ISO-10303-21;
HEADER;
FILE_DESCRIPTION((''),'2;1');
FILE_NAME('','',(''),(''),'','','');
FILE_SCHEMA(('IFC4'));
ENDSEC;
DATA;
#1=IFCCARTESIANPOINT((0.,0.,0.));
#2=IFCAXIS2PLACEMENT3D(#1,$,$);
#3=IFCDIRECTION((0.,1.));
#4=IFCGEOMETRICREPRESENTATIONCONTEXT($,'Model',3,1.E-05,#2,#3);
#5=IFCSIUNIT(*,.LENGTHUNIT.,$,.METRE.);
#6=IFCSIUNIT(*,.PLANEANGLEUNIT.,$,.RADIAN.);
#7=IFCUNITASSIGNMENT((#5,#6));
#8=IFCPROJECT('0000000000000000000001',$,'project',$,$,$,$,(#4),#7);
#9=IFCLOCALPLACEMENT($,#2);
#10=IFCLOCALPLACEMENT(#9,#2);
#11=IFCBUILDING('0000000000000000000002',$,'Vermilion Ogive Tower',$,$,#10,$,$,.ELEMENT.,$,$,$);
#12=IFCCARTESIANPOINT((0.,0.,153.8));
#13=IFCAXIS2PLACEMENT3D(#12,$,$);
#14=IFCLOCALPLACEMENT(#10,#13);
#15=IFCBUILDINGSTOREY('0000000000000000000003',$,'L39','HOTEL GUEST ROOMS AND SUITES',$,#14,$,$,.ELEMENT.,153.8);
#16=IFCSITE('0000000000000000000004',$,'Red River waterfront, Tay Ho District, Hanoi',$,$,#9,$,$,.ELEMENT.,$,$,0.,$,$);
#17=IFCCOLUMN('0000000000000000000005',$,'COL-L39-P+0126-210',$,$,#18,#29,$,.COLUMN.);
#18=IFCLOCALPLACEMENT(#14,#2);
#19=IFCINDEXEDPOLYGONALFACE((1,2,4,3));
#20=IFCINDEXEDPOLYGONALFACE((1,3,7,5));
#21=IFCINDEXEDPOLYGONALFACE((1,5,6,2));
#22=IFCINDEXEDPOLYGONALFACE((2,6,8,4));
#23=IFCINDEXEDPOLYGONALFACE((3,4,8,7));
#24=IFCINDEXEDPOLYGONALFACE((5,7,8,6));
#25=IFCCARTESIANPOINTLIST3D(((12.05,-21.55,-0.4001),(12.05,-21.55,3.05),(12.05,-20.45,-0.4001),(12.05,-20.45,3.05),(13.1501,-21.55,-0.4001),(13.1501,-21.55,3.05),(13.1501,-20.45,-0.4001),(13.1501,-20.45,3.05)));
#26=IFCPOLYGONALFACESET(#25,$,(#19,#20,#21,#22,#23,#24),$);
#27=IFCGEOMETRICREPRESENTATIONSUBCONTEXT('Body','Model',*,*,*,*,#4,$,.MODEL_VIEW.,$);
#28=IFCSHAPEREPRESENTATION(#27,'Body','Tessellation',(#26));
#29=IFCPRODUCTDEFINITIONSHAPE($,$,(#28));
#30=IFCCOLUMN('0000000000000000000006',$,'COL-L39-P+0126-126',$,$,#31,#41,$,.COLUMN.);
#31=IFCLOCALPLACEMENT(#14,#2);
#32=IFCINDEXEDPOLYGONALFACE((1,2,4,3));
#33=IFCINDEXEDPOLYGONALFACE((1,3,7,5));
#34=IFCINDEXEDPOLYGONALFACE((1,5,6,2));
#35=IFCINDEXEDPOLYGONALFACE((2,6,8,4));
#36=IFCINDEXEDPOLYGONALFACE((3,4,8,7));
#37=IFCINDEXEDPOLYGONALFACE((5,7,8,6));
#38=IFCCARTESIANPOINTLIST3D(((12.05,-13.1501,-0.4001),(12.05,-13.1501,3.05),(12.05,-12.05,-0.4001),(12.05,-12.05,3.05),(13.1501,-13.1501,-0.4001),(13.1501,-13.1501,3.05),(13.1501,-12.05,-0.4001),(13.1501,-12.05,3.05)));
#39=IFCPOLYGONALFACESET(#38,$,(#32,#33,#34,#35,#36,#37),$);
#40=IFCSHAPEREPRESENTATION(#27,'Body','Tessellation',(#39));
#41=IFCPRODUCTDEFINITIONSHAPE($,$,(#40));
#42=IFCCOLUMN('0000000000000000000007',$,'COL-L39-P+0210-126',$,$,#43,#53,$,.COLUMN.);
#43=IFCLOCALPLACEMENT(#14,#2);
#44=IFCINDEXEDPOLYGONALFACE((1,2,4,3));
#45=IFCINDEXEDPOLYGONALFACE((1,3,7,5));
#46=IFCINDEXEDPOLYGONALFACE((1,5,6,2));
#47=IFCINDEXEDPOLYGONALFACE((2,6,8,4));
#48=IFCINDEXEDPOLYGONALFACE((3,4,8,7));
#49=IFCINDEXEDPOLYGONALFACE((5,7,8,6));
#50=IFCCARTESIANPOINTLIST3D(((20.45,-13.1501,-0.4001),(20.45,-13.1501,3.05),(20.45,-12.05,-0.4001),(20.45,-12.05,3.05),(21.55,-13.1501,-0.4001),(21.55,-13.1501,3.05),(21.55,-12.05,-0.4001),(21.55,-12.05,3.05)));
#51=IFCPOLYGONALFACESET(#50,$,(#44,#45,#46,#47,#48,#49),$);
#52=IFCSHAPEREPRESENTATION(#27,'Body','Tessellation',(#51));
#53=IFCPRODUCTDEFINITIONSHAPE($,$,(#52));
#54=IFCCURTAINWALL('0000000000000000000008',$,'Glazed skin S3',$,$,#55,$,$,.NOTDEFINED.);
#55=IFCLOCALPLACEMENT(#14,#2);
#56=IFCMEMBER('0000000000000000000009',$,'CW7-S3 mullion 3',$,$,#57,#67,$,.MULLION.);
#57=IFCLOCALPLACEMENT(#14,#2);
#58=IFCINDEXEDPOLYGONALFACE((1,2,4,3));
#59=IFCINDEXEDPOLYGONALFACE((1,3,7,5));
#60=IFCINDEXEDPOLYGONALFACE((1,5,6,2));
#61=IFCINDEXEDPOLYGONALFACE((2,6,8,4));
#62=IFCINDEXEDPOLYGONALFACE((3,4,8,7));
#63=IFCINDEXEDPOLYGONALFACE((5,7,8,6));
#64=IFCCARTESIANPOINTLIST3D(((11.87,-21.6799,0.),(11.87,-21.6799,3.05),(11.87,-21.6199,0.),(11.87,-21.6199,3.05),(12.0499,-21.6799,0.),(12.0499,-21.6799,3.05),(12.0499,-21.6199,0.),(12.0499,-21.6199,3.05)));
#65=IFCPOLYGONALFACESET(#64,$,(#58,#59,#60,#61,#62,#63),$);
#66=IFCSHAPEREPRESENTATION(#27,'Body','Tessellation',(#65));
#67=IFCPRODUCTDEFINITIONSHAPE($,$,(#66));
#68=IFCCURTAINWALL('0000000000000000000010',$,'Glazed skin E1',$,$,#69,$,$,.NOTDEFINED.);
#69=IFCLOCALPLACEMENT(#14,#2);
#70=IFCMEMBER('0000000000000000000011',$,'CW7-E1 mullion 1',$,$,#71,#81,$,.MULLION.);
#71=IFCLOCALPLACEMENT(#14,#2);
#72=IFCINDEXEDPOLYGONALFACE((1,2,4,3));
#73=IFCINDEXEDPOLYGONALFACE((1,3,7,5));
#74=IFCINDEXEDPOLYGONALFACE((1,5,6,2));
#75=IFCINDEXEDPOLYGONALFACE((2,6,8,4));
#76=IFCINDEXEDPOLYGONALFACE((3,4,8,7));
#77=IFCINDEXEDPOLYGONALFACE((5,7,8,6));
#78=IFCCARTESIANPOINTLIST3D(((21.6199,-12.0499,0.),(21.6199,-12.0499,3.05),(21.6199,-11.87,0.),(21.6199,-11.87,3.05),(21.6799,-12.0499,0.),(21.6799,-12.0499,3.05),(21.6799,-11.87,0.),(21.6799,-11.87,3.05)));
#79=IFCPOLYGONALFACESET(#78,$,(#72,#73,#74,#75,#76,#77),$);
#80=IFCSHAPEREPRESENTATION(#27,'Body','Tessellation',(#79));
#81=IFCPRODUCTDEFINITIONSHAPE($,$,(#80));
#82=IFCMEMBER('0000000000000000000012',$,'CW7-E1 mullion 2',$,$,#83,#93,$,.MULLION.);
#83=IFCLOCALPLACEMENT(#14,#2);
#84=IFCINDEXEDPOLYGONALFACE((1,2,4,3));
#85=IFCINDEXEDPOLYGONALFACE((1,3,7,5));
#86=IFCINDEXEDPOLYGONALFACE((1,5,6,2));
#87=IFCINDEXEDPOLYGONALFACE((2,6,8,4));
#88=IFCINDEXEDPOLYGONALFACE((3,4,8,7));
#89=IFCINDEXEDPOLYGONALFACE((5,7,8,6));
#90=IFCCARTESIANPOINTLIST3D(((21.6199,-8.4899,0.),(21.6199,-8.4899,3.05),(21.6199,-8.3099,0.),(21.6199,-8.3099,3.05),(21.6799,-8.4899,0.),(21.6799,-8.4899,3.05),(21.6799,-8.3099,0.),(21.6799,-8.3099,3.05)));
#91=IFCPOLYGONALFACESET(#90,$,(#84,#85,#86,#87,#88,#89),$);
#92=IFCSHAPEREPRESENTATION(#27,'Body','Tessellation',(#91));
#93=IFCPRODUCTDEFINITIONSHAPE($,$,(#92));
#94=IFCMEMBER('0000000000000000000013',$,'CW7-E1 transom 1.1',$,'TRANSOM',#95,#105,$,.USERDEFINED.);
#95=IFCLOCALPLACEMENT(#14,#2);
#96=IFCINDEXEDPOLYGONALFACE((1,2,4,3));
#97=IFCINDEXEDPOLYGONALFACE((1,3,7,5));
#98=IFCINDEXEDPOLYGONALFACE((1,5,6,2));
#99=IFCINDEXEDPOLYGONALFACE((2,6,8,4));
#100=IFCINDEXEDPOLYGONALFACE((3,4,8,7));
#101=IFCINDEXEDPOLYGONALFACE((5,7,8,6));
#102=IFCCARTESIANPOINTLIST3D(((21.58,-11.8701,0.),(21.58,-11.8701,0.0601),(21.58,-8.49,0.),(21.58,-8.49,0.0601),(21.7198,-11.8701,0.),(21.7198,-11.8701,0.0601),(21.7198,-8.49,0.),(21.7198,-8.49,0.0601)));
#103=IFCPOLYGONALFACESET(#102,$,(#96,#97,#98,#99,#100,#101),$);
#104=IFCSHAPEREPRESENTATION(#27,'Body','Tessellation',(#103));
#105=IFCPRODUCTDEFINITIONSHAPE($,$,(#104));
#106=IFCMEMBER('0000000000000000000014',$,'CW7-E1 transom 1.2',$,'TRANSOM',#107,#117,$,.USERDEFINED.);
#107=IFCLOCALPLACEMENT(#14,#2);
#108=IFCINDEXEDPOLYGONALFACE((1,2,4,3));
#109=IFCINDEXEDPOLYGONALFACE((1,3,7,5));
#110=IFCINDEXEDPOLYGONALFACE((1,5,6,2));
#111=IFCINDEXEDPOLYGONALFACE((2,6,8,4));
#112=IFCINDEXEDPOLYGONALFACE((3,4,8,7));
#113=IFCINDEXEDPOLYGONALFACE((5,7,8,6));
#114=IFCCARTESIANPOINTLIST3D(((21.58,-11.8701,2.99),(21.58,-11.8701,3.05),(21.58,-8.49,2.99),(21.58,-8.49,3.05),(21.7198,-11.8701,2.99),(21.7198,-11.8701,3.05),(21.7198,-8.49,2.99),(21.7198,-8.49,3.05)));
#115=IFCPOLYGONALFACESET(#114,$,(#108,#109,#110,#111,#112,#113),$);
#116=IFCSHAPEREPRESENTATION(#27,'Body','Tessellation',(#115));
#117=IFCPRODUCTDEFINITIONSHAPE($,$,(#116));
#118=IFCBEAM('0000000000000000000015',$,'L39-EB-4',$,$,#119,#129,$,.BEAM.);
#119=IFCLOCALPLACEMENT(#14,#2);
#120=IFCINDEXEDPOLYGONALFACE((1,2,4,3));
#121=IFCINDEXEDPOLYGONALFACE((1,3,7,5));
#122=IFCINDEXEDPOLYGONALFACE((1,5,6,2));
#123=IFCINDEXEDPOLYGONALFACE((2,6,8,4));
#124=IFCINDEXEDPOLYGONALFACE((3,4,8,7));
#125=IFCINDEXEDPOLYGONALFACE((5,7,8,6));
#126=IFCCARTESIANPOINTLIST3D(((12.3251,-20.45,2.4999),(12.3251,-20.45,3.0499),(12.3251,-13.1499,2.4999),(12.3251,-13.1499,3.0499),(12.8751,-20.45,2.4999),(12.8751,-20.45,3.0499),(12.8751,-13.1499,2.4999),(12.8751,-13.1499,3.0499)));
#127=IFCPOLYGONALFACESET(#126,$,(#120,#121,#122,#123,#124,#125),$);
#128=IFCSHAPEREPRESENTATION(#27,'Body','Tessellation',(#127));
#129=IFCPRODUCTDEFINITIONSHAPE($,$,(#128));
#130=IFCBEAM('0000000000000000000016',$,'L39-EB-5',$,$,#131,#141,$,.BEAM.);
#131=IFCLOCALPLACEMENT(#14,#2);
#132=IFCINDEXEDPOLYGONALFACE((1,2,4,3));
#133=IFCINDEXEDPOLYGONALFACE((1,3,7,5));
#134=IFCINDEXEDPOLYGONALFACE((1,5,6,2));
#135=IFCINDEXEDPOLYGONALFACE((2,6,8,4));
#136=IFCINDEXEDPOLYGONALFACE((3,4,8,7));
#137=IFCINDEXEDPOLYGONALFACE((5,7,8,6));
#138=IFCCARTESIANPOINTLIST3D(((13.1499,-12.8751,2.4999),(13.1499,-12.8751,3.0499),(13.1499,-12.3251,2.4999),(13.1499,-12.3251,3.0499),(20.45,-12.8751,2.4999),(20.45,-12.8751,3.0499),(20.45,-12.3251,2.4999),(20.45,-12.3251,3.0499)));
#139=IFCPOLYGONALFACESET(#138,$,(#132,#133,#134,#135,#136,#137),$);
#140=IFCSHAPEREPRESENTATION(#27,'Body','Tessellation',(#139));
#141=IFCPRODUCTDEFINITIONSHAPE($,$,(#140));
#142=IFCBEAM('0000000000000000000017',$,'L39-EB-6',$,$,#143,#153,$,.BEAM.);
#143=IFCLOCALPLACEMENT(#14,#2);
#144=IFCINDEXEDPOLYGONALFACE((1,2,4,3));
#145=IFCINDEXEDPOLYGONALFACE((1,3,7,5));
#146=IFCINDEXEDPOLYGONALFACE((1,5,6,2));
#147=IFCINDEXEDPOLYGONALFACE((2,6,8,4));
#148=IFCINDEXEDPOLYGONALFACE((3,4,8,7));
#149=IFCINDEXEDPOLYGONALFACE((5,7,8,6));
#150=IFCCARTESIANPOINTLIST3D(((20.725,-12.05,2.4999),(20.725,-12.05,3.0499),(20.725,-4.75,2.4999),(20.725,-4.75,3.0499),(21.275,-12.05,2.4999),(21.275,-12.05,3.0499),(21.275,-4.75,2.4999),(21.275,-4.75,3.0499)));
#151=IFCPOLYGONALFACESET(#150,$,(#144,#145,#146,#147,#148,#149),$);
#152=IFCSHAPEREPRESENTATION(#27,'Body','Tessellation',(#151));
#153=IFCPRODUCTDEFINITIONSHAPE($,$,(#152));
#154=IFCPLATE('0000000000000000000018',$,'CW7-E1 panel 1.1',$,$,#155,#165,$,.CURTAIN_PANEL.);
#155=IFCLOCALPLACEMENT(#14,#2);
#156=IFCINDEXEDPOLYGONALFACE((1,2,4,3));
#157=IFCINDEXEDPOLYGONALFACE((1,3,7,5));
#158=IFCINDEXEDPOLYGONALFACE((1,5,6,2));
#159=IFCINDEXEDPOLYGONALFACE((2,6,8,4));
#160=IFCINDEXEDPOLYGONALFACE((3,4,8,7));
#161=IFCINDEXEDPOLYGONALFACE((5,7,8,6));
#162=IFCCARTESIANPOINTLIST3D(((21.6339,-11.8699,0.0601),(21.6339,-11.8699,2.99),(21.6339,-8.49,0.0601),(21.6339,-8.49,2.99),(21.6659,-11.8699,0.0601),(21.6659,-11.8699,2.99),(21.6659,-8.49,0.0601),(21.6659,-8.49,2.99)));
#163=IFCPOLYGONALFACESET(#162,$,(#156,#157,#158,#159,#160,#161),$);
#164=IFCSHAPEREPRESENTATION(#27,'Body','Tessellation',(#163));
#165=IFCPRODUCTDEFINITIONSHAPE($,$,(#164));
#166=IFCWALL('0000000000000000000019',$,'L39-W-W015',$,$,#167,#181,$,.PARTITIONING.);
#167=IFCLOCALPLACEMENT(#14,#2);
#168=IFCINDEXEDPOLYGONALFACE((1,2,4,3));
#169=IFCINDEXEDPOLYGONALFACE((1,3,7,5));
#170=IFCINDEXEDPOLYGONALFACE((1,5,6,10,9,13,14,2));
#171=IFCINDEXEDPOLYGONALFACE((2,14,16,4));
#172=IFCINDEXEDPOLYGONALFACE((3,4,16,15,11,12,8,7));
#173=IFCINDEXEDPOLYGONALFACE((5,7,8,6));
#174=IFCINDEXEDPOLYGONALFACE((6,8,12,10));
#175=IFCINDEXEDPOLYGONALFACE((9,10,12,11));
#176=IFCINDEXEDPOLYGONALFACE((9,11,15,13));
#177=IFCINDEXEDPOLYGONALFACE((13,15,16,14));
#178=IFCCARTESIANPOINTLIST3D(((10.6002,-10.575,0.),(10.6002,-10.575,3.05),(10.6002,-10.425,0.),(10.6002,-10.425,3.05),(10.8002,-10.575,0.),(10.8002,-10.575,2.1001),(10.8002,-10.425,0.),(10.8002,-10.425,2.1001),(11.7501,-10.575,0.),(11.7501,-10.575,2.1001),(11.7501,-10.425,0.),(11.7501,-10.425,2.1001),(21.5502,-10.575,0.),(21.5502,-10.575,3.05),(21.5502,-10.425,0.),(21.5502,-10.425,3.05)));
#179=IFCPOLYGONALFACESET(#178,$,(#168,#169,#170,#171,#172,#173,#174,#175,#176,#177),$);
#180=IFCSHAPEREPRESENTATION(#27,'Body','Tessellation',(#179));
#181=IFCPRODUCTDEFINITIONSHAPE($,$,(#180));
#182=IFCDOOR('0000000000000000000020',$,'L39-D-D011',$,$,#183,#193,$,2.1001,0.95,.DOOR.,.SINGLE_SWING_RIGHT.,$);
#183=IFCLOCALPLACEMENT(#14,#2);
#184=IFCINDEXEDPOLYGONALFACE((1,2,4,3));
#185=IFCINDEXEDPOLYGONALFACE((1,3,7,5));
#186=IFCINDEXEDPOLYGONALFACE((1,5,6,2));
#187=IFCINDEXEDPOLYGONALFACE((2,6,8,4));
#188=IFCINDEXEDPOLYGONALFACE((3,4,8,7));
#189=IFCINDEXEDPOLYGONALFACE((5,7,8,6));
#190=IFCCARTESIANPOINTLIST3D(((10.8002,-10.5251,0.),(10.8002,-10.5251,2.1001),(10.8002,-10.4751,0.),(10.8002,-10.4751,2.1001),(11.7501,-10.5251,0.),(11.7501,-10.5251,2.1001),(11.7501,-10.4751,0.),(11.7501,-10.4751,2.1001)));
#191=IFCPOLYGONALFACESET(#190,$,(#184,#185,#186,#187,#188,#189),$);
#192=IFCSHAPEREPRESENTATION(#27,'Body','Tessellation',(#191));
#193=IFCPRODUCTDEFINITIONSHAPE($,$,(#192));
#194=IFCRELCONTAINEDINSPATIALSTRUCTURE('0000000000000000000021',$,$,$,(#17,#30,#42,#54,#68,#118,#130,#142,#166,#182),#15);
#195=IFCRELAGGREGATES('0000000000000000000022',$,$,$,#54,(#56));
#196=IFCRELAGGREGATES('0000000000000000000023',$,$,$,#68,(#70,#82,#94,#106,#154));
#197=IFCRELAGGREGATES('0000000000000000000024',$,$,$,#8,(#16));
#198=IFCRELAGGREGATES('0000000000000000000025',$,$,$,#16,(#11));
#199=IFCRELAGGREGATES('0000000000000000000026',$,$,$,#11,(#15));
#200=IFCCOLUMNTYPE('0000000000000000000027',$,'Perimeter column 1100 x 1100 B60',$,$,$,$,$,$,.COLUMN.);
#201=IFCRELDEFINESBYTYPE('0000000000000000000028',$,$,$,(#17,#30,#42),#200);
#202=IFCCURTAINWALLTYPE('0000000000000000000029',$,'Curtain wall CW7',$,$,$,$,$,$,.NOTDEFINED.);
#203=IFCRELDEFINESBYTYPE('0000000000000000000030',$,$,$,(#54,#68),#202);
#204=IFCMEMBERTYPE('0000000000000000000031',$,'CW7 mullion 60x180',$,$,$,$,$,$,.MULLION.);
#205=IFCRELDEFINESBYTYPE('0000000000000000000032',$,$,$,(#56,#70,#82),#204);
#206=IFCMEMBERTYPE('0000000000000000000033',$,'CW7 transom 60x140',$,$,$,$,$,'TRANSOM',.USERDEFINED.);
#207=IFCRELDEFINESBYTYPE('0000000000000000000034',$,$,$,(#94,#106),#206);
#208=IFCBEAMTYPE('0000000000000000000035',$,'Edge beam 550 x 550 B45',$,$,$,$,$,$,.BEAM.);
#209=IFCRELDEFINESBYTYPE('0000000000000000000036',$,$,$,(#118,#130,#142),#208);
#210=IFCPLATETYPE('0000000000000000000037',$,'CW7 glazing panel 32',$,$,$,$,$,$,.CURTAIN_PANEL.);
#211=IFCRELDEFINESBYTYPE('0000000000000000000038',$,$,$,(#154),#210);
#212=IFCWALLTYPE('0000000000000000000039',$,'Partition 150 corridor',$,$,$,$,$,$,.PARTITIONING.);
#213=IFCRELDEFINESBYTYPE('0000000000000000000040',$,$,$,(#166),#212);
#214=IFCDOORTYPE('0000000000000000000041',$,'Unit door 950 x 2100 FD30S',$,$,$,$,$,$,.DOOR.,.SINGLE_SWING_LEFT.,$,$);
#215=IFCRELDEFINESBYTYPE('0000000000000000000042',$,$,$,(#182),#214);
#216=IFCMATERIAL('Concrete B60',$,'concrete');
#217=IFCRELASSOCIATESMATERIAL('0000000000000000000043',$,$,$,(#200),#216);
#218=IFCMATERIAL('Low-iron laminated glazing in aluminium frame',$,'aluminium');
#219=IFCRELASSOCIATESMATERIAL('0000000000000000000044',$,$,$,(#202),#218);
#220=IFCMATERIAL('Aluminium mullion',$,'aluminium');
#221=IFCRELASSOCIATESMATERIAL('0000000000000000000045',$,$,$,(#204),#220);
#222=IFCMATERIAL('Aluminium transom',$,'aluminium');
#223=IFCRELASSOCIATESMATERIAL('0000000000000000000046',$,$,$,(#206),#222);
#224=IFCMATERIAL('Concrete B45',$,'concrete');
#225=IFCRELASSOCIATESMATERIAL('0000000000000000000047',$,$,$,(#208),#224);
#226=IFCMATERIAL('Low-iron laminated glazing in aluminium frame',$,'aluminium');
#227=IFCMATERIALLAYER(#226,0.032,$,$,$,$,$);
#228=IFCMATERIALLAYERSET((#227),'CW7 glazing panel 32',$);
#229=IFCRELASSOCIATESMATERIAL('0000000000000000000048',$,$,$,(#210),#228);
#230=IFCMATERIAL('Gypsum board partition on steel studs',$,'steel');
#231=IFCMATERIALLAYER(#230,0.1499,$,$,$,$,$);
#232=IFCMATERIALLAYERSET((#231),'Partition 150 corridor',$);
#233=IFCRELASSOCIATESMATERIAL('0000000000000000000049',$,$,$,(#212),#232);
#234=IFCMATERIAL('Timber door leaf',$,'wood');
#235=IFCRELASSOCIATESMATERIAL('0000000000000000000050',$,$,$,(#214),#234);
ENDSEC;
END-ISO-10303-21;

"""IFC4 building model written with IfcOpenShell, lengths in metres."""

from ifc_helpers import new_model, si_unit, direction, frame, frame_2d, origin, origin_2d, place, context, subcontext, project, spatial, rectangle, extrude, material, layer, layer_set, material_profile, profile_set, type_object, element, fill, aggregate, save


model = new_model("IFC4")

# Units and contexts
model_context = context("Model", 3, precision=1e-05, world=origin(), true_north=direction((0.0, 1.0)))
body_context = subcontext(model_context, "Body", "Model", "MODEL_VIEW")
ifc_project = project(units=[si_unit("LENGTHUNIT", "METRE"), si_unit("PLANEANGLEUNIT", "RADIAN")], contexts=[model_context])

# Site, building, storey
site_placement = place(None, origin())
site = spatial("IfcSite", under=ifc_project, at=site_placement, Name="Red River waterfront, Tay Ho District, Hanoi", CompositionType="ELEMENT", RefElevation=0.0)
building_placement = place(site_placement, origin())
building = spatial("IfcBuilding", under=site, at=building_placement, Name="Vermilion Ogive Tower", CompositionType="ELEMENT")
storey_placement = place(building_placement, frame((0.0, 0.0, 153.8)))
storey = spatial("IfcBuildingStorey", under=building, at=storey_placement, Name="L39", Description="HOTEL GUEST ROOMS AND SUITES", CompositionType="ELEMENT", Elevation=153.8)

# Columns
ifc_material_1 = material(Name="Concrete B60", Category="concrete")
ifc_material_profile_1 = material_profile(ifc_material_1, rectangle(XDim=1.1001, YDim=1.1001, at=origin_2d()), Name="1100 x 1100")
ifc_profile_set_1 = profile_set([ifc_material_profile_1], Name="Concrete B60")
column_type = type_object("IfcColumnType", Name="Perimeter column 1100 x 1100 B60", PredefinedType="COLUMN", material=ifc_profile_set_1)
for number, where, z_axis, x_axis, name in (
    (1, (12.6001, -21.0, -0.4001), (0.0, 0.0, 1.0), (1.0, 0.0, 0.0), "COL-L39-P+0126-210"),
    (2, (12.6001, -12.6001, -0.4001), (0.0, 0.0, 1.0), (1.0, 0.0, 0.0), "COL-L39-P+0126-126"),
    (3, (21.0, -12.6001, -0.4001), (0.0, 0.0, 1.0), (1.0, 0.0, 0.0), "COL-L39-P+0210-126"),
):
    element("IfcColumn", number, at=place(storey_placement, frame(where, z_axis=z_axis, x_axis=x_axis)), inside=storey, type_object=column_type, Name=name, PredefinedType="COLUMN", context=body_context, shape_type="SweptSolid", body=[
        extrude(rectangle(XDim=1.1001, YDim=1.1001, at=origin_2d()), origin(), (0.0, 0.0, 1.0), 3.4502),
    ])

# Curtain wall, member
ifc_material_2 = material(Name="Low-iron laminated glazing in aluminium frame", Category="aluminium")
curtain_wall_type = type_object("IfcCurtainWallType", Name="Curtain wall CW7", PredefinedType="NOTDEFINED", material=ifc_material_2)
curtain_wall_1_placement = place(storey_placement, origin())
curtain_wall_1 = element("IfcCurtainWall", 4, at=curtain_wall_1_placement, inside=storey, type_object=curtain_wall_type, Name="Glazed skin S3", PredefinedType="NOTDEFINED")
ifc_material_3 = material(Name="Aluminium mullion", Category="aluminium")
ifc_material_profile_2 = material_profile(ifc_material_3, rectangle(XDim=0.0601, YDim=0.1799, at=origin_2d()), Name="AL 60x180")
ifc_profile_set_2 = profile_set([ifc_material_profile_2], Name="Aluminium mullion")
member_type_1 = type_object("IfcMemberType", Name="CW7 mullion 60x180", PredefinedType="MULLION", material=ifc_profile_set_2)
member_1_placement = place(storey_placement, frame((11.96, -21.6499, 0.0), z_axis=(0.0, 0.0, 1.0), x_axis=(0.0, 1.0, 0.0)))
member_1 = element("IfcMember", 5, at=member_1_placement, type_object=member_type_1, Name="CW7-S3 mullion 3", PredefinedType="MULLION", context=body_context, shape_type="SweptSolid", body=[
    extrude(rectangle(XDim=0.0601, YDim=0.1799, at=origin_2d()), origin(), (0.0, 0.0, 1.0), 3.05),
])
aggregate(curtain_wall_1, [member_1])

# Curtain wall, members
curtain_wall_2_placement = place(storey_placement, origin())
curtain_wall_2 = element("IfcCurtainWall", 6, at=curtain_wall_2_placement, inside=storey, type_object=curtain_wall_type, Name="Glazed skin E1", PredefinedType="NOTDEFINED")
member_2_placement = place(storey_placement, frame((21.6499, -11.96, 0.0), z_axis=(0.0, 0.0, 1.0), x_axis=(-1.0, 0.0, 0.0)))
member_2 = element("IfcMember", 7, at=member_2_placement, type_object=member_type_1, Name="CW7-E1 mullion 1", PredefinedType="MULLION", context=body_context, shape_type="SweptSolid", body=[
    extrude(rectangle(XDim=0.0601, YDim=0.1799, at=origin_2d()), origin(), (0.0, 0.0, 1.0), 3.05),
])
member_3_placement = place(storey_placement, frame((21.6499, -8.3999, 0.0), z_axis=(0.0, 0.0, 1.0), x_axis=(-1.0, 0.0, 0.0)))
member_3 = element("IfcMember", 8, at=member_3_placement, type_object=member_type_1, Name="CW7-E1 mullion 2", PredefinedType="MULLION", context=body_context, shape_type="SweptSolid", body=[
    extrude(rectangle(XDim=0.0601, YDim=0.1799, at=origin_2d()), origin(), (0.0, 0.0, 1.0), 3.05),
])
ifc_material_4 = material(Name="Aluminium transom", Category="aluminium")
ifc_material_profile_3 = material_profile(ifc_material_4, rectangle(XDim=0.1399, YDim=0.0601, at=origin_2d()), Name="AL 60x140")
ifc_profile_set_3 = profile_set([ifc_material_profile_3], Name="Aluminium transom")
member_type_2 = type_object("IfcMemberType", Name="CW7 transom 60x140", ElementType="TRANSOM", PredefinedType="USERDEFINED", material=ifc_profile_set_3)
member_4_placement = place(storey_placement, frame((21.6499, -11.8701, 0.03), z_axis=(0.0, 1.0, 0.0), x_axis=(-1.0, 0.0, 0.0)))
member_4 = element("IfcMember", 9, at=member_4_placement, type_object=member_type_2, Name="CW7-E1 transom 1.1", ObjectType="TRANSOM", PredefinedType="USERDEFINED", context=body_context, shape_type="SweptSolid", body=[
    extrude(rectangle(XDim=0.1399, YDim=0.0601, at=origin_2d()), origin(), (0.0, 0.0, 1.0), 3.3801),
])
member_5_placement = place(storey_placement, frame((21.6499, -11.8701, 3.02), z_axis=(0.0, 1.0, 0.0), x_axis=(-1.0, 0.0, 0.0)))
member_5 = element("IfcMember", 10, at=member_5_placement, type_object=member_type_2, Name="CW7-E1 transom 1.2", ObjectType="TRANSOM", PredefinedType="USERDEFINED", context=body_context, shape_type="SweptSolid", body=[
    extrude(rectangle(XDim=0.1399, YDim=0.0601, at=origin_2d()), origin(), (0.0, 0.0, 1.0), 3.3801),
])

# Beams
ifc_material_5 = material(Name="Concrete B45", Category="concrete")
ifc_material_profile_4 = material_profile(ifc_material_5, rectangle(XDim=0.55, YDim=0.55, at=origin_2d()), Name="550 x 550")
ifc_profile_set_4 = profile_set([ifc_material_profile_4], Name="Concrete B45")
beam_type = type_object("IfcBeamType", Name="Edge beam 550 x 550 B45", PredefinedType="BEAM", material=ifc_profile_set_4)
for number, where, z_axis, x_axis, name in (
    (11, (12.6001, -20.45, 2.7749), (0.0, 1.0, 0.0), (-1.0, 0.0, 0.0), "L39-EB-4"),
    (12, (13.1499, -12.6001, 2.7749), (1.0, 0.0, 0.0), (0.0, 1.0, 0.0), "L39-EB-5"),
    (13, (21.0, -12.05, 2.7749), (0.0, 1.0, 0.0), (-1.0, 0.0, 0.0), "L39-EB-6"),
):
    element("IfcBeam", number, at=place(storey_placement, frame(where, z_axis=z_axis, x_axis=x_axis)), inside=storey, type_object=beam_type, Name=name, PredefinedType="BEAM", context=body_context, shape_type="SweptSolid", body=[
        extrude(rectangle(XDim=0.55, YDim=0.55, at=origin_2d()), origin(), (0.0, 0.0, 1.0), 7.3),
    ])

# Plate
ifc_material_6 = material(Name="Low-iron laminated glazing in aluminium frame", Category="aluminium")
ifc_layer_1 = layer(ifc_material_6, 0.032)
ifc_layer_set_1 = layer_set([ifc_layer_1], Name="CW7 glazing panel 32")
plate_type = type_object("IfcPlateType", Name="CW7 glazing panel 32", PredefinedType="CURTAIN_PANEL", material=ifc_layer_set_1)
plate_placement = place(storey_placement, frame((21.6499, -10.1799, 0.0601), z_axis=(0.0, 0.0, 1.0), x_axis=(0.0, 1.0, 0.0)))
plate = element("IfcPlate", 14, at=plate_placement, type_object=plate_type, Name="CW7-E1 panel 1.1", PredefinedType="CURTAIN_PANEL", context=body_context, shape_type="SweptSolid", body=[
    extrude(rectangle(XDim=3.3799, YDim=0.032, at=origin_2d()), origin(), (0.0, 0.0, 1.0), 2.9299),
])
aggregate(curtain_wall_2, [member_2, member_3, member_4, member_5, plate])

# Wall, opening, door
ifc_material_7 = material(Name="Gypsum board partition on steel studs", Category="steel")
ifc_layer_2 = layer(ifc_material_7, 0.1499)
ifc_layer_set_2 = layer_set([ifc_layer_2], Name="Partition 150 corridor")
wall_type_1 = type_object("IfcWallType", Name="Partition 150 corridor", PredefinedType="PARTITIONING", material=ifc_layer_set_2)
wall_1_placement = place(storey_placement, frame((10.6001, -10.5, 0.0), z_axis=(0.0, 0.0, 1.0), x_axis=(1.0, 0.0, 0.0)))
wall_1 = element("IfcWall", 15, at=wall_1_placement, inside=storey, type_object=wall_type_1, Name="L39-W-W015", PredefinedType="PARTITIONING", context=body_context, shape_type="SweptSolid", body=[
    extrude(rectangle(XDim=10.95, YDim=0.1499, at=frame_2d((5.4751, 0.0))), origin(), (0.0, 0.0, 1.0), 3.05),
])
opening_1_placement = place(wall_1_placement, frame((0.2, 0.0, 0.0)))
opening_1 = element("IfcOpeningElement", 16, at=opening_1_placement, cuts=wall_1, PredefinedType="OPENING", context=body_context, shape_type="SweptSolid", body=[
    extrude(rectangle(XDim=0.95, YDim=2.1001, at=frame_2d((0.4751, 1.05))), frame((0.0, 0.085, 0.0), z_axis=(0.0, -1.0, 0.0), x_axis=(1.0, 0.0, 0.0)), (0.0, 0.0, 1.0), 0.1699),
])
ifc_material_8 = material(Name="Timber door leaf", Category="wood")
door_type = type_object("IfcDoorType", Name="Unit door 950 x 2100 FD30S", OperationType="SINGLE_SWING_LEFT", PredefinedType="DOOR", material=ifc_material_8)
door_placement = place(opening_1_placement, origin())
door = element("IfcDoor", 17, at=door_placement, inside=storey, type_object=door_type, Name="L39-D-D011", OperationType="SINGLE_SWING_RIGHT", OverallHeight=2.1001, OverallWidth=0.95, PredefinedType="DOOR", context=body_context, shape_type="SweptSolid", body=[
    extrude(rectangle(XDim=0.95, YDim=2.1001, at=frame_2d((0.4751, 1.05))), frame((0.0, 0.0249, 0.0), z_axis=(0.0, -1.0, 0.0), x_axis=(1.0, 0.0, 0.0)), (0.0, 0.0, 1.0), 0.05),
])
fill(opening_1, door)

save(model, "model.ifc")
